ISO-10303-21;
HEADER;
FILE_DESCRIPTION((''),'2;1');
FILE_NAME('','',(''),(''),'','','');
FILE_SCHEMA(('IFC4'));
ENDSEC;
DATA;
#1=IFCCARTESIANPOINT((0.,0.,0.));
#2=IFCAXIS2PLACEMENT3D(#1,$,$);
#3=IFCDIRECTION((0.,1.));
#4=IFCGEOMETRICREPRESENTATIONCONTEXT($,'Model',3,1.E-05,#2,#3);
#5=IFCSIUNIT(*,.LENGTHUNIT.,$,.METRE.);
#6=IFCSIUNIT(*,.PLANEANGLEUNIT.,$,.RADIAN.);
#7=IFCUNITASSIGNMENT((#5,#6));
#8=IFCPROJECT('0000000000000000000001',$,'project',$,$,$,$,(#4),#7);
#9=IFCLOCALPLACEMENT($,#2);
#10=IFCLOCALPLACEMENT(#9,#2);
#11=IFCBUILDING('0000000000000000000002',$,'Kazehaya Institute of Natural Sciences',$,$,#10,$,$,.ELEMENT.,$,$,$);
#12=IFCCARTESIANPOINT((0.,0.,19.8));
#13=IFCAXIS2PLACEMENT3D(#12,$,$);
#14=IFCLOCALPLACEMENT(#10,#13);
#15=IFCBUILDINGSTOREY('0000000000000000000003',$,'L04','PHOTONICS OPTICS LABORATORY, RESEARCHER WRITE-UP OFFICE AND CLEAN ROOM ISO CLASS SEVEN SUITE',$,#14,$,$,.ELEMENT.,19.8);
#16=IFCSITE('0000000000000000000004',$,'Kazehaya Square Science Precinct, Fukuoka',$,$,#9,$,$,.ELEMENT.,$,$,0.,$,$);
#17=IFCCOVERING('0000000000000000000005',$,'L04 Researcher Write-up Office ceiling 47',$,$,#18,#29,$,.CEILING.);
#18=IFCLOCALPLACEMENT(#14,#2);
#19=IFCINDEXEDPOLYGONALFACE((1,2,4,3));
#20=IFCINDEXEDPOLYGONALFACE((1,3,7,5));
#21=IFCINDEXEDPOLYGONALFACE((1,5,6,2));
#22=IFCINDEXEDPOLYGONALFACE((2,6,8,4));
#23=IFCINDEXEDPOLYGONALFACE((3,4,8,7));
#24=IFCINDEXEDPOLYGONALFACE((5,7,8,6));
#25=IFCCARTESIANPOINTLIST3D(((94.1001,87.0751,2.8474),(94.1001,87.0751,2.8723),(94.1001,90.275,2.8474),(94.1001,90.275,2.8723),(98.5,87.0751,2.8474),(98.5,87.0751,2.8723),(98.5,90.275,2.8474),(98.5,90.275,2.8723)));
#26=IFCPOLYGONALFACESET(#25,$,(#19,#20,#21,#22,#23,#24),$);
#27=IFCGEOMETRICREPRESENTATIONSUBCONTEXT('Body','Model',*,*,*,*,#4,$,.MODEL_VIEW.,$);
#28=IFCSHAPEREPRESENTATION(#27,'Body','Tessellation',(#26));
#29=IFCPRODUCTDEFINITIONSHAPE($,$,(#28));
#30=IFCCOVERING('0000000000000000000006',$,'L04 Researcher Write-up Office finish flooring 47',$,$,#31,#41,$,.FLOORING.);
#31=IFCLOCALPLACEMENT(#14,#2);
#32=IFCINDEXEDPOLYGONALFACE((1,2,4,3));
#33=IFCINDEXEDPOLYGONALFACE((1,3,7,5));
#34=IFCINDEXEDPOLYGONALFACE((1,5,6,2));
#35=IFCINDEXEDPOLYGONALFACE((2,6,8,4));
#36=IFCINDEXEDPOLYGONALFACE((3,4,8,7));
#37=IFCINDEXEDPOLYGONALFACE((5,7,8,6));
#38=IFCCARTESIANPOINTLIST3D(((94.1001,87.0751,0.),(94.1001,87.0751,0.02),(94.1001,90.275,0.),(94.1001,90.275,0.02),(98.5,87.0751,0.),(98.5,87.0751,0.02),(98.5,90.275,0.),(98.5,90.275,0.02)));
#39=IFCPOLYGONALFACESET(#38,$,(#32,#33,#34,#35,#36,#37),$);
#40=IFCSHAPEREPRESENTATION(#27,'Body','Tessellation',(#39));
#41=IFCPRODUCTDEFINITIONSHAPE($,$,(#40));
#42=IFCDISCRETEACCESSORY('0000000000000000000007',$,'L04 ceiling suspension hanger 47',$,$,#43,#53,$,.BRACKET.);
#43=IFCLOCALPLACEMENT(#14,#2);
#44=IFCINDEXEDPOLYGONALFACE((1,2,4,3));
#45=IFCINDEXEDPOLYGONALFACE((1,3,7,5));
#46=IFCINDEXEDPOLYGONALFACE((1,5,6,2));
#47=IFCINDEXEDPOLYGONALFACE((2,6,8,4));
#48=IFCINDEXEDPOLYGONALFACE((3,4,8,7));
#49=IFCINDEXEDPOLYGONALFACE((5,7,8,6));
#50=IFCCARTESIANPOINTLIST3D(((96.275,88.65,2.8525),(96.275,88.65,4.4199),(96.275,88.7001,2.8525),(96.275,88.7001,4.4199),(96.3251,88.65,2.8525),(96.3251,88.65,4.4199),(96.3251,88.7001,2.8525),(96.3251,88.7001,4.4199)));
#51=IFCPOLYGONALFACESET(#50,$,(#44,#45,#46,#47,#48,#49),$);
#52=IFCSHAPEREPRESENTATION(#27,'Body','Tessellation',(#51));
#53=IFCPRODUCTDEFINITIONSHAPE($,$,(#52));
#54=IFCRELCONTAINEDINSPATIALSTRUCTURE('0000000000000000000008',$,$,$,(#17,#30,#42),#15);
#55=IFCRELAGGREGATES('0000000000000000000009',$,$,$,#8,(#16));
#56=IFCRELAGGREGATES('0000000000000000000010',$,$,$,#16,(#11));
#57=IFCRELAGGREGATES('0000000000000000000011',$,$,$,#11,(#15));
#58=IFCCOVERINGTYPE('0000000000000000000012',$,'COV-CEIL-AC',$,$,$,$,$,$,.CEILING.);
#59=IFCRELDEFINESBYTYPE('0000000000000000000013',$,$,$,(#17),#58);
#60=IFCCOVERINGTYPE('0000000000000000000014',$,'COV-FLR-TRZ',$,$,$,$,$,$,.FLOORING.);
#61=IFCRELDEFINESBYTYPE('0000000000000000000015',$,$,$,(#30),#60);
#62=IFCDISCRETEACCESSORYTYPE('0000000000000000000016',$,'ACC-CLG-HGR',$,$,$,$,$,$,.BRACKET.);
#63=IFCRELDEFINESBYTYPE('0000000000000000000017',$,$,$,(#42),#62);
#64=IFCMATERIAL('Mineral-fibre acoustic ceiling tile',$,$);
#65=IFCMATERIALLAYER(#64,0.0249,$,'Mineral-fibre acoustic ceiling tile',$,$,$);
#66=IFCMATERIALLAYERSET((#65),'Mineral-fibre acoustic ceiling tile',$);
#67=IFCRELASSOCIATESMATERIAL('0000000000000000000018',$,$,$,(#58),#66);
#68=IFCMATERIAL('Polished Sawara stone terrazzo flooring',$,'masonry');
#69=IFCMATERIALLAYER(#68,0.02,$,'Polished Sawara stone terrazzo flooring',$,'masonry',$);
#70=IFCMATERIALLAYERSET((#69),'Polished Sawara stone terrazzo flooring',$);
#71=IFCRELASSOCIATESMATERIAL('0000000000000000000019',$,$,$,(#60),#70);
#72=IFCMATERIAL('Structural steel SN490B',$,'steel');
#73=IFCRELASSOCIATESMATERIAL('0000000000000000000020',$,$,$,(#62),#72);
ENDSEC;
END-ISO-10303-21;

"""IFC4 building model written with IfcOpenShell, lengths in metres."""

from ifc_helpers import new_model, si_unit, direction, frame, origin, origin_2d, place, context, subcontext, project, spatial, rectangle, extrude, material, layer, layer_set, type_object, element, save


model = new_model("IFC4")

# Units and contexts
model_context = context("Model", 3, precision=1e-05, world=origin(), true_north=direction((0.0, 1.0)))
body_context = subcontext(model_context, "Body", "Model", "MODEL_VIEW")
ifc_project = project(units=[si_unit("LENGTHUNIT", "METRE"), si_unit("PLANEANGLEUNIT", "RADIAN")], contexts=[model_context])

# Site, building, storey
site_placement = place(None, origin())
site = spatial("IfcSite", under=ifc_project, at=site_placement, Name="Kazehaya Square Science Precinct, Fukuoka", CompositionType="ELEMENT", RefElevation=0.0)
building_placement = place(site_placement, origin())
building = spatial("IfcBuilding", under=site, at=building_placement, Name="Kazehaya Institute of Natural Sciences", CompositionType="ELEMENT")
storey_placement = place(building_placement, frame((0.0, 0.0, 19.8)))
storey = spatial("IfcBuildingStorey", under=building, at=storey_placement, Name="L04", Description="PHOTONICS OPTICS LABORATORY, RESEARCHER WRITE-UP OFFICE AND CLEAN ROOM ISO CLASS SEVEN SUITE", CompositionType="ELEMENT", Elevation=19.8)

# Coverings
ifc_material_1 = material(Name="Mineral-fibre acoustic ceiling tile")
ifc_layer_1 = layer(ifc_material_1, 0.0249, Name="Mineral-fibre acoustic ceiling tile")
ifc_layer_set_1 = layer_set([ifc_layer_1], Name="Mineral-fibre acoustic ceiling tile")
covering_type_1 = type_object("IfcCoveringType", Name="COV-CEIL-AC", PredefinedType="CEILING", material=ifc_layer_set_1)
covering_1_placement = place(storey_placement, frame((96.3, 88.675, 2.8474), z_axis=(0.0, 0.0, 1.0), x_axis=(1.0, 0.0, 0.0)))
element("IfcCovering", 1, at=covering_1_placement, inside=storey, type_object=covering_type_1, Name="L04 Researcher Write-up Office ceiling 47", PredefinedType="CEILING", context=body_context, shape_type="SweptSolid", body=[
    extrude(rectangle(XDim=4.3999, YDim=3.2, at=origin_2d()), origin(), (0.0, 0.0, 1.0), 0.0249),
])
ifc_material_2 = material(Name="Polished Sawara stone terrazzo flooring", Category="masonry")
ifc_layer_2 = layer(ifc_material_2, 0.02, Name="Polished Sawara stone terrazzo flooring", Category="masonry")
ifc_layer_set_2 = layer_set([ifc_layer_2], Name="Polished Sawara stone terrazzo flooring")
covering_type_2 = type_object("IfcCoveringType", Name="COV-FLR-TRZ", PredefinedType="FLOORING", material=ifc_layer_set_2)
covering_2_placement = place(storey_placement, frame((96.3, 88.675, 0.0), z_axis=(0.0, 0.0, 1.0), x_axis=(1.0, 0.0, 0.0)))
element("IfcCovering", 2, at=covering_2_placement, inside=storey, type_object=covering_type_2, Name="L04 Researcher Write-up Office finish flooring 47", PredefinedType="FLOORING", context=body_context, shape_type="SweptSolid", body=[
    extrude(rectangle(XDim=4.3999, YDim=3.2, at=origin_2d()), origin(), (0.0, 0.0, 1.0), 0.02),
])

# Discrete accessory
ifc_material_3 = material(Name="Structural steel SN490B", Category="steel")
discrete_accessory_type = type_object("IfcDiscreteAccessoryType", Name="ACC-CLG-HGR", PredefinedType="BRACKET", material=ifc_material_3)
discrete_accessory_placement = place(storey_placement, frame((96.3, 88.675, 2.8525), z_axis=(0.0, 0.0, 1.0), x_axis=(1.0, 0.0, 0.0)))
element("IfcDiscreteAccessory", 3, at=discrete_accessory_placement, inside=storey, type_object=discrete_accessory_type, Name="L04 ceiling suspension hanger 47", PredefinedType="BRACKET", context=body_context, shape_type="SweptSolid", body=[
    extrude(rectangle(XDim=0.05, YDim=0.05, at=origin_2d()), origin(), (0.0, 0.0, 1.0), 1.5674),
])

save(model, "model.ifc")
